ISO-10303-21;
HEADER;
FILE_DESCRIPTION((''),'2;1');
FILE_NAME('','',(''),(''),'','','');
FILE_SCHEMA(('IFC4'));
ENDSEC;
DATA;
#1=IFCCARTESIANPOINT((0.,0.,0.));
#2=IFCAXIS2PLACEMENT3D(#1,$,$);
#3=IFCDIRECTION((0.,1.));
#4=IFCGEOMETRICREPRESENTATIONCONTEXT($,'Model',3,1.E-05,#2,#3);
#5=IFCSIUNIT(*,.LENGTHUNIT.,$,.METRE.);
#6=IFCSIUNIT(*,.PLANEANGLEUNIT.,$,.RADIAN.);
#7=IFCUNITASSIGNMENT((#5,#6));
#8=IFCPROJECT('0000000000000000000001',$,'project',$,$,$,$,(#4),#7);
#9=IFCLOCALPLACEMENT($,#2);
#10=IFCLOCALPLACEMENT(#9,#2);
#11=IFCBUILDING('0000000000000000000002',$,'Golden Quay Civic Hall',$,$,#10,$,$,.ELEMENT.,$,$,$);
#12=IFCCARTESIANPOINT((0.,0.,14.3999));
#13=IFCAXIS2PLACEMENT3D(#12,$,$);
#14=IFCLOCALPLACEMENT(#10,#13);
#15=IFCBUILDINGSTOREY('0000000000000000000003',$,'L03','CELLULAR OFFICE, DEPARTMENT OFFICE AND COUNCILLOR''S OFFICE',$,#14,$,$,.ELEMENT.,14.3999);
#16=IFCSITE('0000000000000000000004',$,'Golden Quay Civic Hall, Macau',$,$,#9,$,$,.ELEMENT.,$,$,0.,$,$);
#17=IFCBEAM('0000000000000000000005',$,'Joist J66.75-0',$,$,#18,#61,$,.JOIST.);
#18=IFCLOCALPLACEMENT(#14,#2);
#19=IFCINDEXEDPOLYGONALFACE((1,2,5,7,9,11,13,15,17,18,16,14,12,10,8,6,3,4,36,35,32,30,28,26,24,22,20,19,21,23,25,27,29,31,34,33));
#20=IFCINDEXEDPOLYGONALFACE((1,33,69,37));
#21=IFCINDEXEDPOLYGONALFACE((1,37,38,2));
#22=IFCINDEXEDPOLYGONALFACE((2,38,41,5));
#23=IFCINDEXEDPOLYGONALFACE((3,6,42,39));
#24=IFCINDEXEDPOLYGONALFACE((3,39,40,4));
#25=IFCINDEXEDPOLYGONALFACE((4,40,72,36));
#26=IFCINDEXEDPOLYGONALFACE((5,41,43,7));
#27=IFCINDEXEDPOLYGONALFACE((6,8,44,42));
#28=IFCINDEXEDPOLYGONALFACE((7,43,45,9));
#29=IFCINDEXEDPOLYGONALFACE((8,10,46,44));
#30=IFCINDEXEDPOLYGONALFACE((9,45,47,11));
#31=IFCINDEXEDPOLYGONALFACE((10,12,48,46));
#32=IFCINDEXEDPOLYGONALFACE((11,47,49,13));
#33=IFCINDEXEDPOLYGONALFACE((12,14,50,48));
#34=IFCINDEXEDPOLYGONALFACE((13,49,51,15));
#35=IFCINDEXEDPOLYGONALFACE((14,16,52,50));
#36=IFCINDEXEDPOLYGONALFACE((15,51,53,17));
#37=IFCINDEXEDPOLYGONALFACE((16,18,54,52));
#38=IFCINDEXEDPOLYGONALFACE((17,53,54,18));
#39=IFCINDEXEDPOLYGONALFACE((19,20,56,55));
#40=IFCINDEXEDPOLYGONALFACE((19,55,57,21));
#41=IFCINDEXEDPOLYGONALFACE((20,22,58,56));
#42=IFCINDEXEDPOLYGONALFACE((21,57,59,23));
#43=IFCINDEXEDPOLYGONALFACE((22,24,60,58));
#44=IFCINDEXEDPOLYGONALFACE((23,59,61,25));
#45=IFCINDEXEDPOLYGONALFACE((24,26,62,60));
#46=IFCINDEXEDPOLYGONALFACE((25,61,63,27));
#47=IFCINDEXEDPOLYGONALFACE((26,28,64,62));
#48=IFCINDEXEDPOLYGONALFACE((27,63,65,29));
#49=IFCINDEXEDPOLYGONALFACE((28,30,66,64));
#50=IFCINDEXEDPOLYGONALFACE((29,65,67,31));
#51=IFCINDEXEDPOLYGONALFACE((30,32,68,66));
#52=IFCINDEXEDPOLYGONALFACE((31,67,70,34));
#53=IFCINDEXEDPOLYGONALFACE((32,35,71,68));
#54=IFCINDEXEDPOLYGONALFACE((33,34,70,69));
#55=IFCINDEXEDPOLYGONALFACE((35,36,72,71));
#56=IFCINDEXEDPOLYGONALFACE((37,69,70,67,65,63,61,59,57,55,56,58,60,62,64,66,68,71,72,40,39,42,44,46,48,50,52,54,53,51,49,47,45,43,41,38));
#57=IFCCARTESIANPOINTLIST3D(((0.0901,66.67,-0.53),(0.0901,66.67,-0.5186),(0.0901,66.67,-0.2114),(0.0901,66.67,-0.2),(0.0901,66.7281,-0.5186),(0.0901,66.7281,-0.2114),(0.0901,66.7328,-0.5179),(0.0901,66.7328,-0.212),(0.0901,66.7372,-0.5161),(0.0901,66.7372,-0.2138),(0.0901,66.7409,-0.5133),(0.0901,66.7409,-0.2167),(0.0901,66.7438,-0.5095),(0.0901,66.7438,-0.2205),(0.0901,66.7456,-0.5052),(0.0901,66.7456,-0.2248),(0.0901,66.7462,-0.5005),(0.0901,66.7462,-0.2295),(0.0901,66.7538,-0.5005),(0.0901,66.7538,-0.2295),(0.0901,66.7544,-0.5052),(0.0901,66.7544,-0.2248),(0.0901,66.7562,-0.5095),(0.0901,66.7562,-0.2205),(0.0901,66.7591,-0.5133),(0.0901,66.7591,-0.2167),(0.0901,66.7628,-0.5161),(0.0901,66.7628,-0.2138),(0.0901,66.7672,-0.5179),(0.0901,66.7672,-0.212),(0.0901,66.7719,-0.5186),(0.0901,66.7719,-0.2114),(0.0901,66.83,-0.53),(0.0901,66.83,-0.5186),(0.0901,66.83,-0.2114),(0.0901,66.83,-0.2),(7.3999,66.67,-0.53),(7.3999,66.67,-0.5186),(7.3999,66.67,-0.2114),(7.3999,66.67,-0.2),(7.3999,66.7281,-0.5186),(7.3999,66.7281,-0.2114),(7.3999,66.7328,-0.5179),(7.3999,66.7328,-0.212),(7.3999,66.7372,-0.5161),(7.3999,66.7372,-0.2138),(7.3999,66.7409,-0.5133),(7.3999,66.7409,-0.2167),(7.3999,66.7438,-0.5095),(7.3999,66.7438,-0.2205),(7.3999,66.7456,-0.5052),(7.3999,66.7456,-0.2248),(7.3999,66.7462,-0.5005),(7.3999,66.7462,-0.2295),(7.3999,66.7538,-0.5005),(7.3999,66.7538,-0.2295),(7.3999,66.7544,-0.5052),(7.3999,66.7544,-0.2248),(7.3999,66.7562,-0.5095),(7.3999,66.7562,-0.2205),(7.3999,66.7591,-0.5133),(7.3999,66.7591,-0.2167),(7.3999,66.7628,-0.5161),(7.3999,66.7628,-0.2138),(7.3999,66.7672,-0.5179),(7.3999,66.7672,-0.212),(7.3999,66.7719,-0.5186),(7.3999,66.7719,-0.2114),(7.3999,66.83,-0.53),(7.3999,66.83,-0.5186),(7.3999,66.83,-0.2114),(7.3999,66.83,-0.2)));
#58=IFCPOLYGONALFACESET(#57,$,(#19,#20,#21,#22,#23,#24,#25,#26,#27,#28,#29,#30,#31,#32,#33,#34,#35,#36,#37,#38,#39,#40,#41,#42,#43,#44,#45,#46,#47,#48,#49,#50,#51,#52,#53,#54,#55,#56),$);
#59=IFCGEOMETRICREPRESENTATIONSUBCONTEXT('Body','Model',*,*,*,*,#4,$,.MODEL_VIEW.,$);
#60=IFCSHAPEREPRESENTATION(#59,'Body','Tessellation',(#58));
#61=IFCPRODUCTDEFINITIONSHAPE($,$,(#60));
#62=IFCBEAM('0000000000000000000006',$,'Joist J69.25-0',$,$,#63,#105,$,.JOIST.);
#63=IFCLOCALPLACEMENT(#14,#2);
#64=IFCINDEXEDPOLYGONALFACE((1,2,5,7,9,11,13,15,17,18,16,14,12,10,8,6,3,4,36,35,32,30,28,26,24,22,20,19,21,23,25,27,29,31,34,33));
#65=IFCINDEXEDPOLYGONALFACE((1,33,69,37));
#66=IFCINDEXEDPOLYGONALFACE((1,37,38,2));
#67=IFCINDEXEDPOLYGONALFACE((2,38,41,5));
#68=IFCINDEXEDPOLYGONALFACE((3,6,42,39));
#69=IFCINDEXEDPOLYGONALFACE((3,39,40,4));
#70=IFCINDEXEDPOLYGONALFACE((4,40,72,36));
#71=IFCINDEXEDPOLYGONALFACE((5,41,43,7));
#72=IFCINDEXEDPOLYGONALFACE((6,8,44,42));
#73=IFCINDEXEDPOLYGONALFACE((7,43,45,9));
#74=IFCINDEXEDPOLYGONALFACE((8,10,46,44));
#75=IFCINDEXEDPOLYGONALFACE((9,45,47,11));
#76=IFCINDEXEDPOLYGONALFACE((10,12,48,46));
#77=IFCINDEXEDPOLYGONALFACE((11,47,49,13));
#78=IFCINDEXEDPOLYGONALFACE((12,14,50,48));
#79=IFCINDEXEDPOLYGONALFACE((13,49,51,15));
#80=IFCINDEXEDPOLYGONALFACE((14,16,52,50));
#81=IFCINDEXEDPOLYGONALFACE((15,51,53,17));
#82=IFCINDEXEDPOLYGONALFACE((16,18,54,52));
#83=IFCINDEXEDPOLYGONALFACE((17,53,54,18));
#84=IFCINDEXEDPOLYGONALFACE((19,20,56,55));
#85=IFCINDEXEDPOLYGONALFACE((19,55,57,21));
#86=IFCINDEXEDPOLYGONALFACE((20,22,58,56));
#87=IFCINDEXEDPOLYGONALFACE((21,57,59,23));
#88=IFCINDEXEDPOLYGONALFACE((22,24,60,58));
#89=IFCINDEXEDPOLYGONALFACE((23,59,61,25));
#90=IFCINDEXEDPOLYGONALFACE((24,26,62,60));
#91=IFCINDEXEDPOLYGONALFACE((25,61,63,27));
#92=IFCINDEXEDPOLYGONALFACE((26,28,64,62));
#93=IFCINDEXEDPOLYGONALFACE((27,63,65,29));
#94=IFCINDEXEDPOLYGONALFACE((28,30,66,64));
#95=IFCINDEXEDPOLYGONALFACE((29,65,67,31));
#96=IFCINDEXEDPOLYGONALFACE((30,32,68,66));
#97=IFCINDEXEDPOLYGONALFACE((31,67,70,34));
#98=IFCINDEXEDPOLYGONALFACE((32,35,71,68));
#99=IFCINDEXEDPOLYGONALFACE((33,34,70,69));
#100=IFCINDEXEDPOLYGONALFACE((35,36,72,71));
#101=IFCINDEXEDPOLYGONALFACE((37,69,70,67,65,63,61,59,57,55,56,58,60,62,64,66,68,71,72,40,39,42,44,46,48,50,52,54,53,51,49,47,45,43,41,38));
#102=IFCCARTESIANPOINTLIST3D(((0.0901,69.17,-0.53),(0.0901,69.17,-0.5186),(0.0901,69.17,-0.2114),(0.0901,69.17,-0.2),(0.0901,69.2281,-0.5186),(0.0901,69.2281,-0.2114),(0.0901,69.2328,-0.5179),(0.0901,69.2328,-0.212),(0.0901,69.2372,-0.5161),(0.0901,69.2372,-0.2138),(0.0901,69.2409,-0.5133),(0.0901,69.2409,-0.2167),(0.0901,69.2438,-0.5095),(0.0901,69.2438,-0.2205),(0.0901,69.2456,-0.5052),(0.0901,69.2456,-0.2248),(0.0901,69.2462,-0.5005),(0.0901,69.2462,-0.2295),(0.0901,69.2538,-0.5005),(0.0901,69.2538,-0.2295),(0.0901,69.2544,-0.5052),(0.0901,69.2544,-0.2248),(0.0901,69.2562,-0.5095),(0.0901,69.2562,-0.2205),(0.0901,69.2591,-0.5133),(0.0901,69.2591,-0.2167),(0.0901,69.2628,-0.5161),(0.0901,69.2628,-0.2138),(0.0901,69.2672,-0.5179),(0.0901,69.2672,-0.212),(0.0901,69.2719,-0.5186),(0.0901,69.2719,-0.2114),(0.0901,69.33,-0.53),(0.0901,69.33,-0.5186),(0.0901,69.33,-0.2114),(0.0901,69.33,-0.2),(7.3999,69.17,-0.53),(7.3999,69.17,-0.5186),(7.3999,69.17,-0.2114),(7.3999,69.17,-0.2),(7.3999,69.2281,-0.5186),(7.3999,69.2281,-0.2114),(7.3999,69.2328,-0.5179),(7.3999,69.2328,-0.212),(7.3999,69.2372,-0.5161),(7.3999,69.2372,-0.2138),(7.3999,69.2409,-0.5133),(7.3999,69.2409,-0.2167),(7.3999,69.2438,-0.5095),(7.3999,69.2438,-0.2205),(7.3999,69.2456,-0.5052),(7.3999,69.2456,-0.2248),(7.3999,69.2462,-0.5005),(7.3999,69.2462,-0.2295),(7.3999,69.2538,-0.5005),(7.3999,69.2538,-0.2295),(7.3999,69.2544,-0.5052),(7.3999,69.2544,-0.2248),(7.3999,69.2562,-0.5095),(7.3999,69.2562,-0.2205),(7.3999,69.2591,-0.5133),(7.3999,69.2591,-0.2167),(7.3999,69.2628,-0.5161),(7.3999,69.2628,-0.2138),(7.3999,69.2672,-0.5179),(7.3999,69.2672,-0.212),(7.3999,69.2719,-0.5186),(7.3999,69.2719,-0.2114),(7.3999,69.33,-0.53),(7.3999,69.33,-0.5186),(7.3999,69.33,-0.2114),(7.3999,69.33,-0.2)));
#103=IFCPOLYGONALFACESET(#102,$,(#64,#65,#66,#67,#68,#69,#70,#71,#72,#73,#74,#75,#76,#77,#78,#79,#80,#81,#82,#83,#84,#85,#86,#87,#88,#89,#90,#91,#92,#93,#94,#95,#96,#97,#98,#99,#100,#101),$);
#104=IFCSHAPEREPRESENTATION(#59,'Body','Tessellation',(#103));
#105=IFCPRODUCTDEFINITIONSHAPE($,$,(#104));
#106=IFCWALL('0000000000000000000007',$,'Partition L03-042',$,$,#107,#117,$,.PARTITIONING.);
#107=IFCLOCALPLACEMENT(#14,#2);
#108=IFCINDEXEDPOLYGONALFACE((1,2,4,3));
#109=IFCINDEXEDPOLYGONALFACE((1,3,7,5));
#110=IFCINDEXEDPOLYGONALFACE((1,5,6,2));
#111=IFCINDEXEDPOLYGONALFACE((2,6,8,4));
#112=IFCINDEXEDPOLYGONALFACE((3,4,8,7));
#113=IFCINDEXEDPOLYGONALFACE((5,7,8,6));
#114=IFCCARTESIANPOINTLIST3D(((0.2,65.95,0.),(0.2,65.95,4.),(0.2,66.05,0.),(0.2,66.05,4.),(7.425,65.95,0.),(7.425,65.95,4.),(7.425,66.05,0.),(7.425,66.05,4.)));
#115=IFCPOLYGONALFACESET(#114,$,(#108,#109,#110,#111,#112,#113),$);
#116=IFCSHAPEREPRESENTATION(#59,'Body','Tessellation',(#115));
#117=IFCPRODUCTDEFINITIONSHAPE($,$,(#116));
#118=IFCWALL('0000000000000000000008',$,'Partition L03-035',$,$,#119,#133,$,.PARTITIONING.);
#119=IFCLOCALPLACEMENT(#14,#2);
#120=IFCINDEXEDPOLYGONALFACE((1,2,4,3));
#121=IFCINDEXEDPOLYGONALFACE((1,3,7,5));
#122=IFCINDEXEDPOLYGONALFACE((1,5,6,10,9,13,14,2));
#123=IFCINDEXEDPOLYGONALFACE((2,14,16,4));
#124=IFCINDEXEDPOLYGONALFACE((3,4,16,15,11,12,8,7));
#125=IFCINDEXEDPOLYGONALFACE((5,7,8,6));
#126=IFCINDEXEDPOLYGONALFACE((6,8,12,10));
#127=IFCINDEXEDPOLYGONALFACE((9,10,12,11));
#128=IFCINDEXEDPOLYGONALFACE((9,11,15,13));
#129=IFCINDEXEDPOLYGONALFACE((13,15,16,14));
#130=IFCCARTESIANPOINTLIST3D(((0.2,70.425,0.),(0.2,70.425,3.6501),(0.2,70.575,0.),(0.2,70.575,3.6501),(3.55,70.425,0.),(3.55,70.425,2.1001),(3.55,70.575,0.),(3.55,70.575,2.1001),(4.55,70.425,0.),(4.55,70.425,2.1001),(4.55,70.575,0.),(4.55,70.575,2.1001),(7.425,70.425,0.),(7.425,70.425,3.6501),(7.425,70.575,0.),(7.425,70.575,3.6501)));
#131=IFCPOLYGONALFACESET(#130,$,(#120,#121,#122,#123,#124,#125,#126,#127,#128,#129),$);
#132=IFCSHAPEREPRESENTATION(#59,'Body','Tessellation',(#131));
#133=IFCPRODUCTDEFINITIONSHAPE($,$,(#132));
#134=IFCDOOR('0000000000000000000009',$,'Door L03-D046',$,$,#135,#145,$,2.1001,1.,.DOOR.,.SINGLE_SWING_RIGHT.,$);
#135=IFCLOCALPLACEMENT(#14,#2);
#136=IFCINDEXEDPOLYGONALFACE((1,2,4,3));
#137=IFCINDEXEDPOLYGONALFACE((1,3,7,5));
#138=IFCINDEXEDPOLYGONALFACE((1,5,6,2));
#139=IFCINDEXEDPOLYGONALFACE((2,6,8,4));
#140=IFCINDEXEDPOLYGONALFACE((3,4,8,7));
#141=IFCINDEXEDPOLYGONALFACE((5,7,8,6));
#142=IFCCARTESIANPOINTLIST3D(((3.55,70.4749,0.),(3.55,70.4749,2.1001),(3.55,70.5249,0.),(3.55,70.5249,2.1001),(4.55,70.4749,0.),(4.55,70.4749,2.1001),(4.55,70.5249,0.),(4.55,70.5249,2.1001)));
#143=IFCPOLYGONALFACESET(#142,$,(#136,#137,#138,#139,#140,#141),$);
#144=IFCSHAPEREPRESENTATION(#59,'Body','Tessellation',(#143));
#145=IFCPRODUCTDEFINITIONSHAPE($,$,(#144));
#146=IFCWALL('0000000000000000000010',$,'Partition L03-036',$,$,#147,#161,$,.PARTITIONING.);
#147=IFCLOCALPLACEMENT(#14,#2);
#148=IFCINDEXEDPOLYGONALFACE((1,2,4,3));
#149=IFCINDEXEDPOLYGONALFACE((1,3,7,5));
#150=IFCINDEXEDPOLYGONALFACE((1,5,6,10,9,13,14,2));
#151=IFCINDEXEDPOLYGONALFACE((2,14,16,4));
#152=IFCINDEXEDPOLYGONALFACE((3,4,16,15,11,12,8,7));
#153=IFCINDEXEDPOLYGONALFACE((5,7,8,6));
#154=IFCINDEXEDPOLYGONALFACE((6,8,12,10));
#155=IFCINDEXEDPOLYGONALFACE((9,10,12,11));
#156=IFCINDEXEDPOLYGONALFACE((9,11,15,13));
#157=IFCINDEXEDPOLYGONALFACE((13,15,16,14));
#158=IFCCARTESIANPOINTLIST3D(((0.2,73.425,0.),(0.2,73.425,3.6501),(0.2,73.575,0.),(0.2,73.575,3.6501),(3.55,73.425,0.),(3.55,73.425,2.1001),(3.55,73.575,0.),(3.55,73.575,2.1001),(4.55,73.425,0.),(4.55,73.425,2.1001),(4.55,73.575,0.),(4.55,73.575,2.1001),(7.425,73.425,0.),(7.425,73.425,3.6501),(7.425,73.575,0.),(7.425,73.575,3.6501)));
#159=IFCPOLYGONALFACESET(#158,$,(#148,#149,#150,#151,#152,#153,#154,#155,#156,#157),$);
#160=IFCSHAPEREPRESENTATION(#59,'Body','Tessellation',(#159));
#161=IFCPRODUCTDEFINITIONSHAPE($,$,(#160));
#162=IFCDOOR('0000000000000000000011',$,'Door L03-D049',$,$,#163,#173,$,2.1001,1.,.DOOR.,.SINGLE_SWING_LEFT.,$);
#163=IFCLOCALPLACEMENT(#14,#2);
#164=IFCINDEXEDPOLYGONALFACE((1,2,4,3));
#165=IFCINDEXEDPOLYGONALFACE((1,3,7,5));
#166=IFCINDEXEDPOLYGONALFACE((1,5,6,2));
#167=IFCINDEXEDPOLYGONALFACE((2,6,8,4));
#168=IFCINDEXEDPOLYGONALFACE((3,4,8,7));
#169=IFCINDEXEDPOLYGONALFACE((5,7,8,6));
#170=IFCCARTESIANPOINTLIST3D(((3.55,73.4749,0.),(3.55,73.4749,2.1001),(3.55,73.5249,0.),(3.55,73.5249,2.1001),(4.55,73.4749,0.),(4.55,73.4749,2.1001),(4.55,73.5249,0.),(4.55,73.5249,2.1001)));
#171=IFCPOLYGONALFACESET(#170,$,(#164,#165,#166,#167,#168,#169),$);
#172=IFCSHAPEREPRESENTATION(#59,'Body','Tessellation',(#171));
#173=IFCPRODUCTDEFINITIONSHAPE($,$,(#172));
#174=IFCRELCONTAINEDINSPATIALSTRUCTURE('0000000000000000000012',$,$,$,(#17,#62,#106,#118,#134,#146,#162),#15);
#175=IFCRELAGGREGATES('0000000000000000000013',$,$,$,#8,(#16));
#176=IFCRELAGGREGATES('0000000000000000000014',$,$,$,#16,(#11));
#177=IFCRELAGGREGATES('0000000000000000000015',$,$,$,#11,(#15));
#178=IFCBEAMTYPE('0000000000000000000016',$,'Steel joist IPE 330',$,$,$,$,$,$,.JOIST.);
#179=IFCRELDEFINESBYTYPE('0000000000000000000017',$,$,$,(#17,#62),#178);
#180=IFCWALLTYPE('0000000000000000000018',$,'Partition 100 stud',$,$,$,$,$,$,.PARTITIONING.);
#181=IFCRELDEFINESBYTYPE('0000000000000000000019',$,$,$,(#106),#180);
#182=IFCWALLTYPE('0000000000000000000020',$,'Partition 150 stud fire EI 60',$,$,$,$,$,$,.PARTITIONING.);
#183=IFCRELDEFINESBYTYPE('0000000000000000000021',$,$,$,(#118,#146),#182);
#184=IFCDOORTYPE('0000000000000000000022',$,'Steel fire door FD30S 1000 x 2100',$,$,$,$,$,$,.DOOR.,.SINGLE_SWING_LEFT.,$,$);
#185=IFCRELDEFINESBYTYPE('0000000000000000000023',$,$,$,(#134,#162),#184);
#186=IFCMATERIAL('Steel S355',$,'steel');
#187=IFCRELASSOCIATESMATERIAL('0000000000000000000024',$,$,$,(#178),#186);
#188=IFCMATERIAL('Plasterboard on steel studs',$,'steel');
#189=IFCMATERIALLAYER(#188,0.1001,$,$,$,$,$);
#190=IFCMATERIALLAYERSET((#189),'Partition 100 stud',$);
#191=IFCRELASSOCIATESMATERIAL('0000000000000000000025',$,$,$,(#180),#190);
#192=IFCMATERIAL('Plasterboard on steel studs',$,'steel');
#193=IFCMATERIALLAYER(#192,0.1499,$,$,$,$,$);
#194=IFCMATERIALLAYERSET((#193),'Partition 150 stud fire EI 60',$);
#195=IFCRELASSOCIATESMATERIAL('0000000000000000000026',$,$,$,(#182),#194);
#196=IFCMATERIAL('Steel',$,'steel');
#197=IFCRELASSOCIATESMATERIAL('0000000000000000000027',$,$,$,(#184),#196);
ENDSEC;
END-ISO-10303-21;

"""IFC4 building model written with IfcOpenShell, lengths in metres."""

from ifc_helpers import new_model, si_unit, direction, frame, frame_2d, origin, origin_2d, place, context, subcontext, project, spatial, rectangle, i_section, extrude, material, layer, layer_set, material_profile, profile_set, type_object, element, fill, save


model = new_model("IFC4")

# Units and contexts
model_context = context("Model", 3, precision=1e-05, world=origin(), true_north=direction((0.0, 1.0)))
body_context = subcontext(model_context, "Body", "Model", "MODEL_VIEW")
ifc_project = project(units=[si_unit("LENGTHUNIT", "METRE"), si_unit("PLANEANGLEUNIT", "RADIAN")], contexts=[model_context])

# Site, building, storey
site_placement = place(None, origin())
site = spatial("IfcSite", under=ifc_project, at=site_placement, Name="Golden Quay Civic Hall, Macau", CompositionType="ELEMENT", RefElevation=0.0)
building_placement = place(site_placement, origin())
building = spatial("IfcBuilding", under=site, at=building_placement, Name="Golden Quay Civic Hall", CompositionType="ELEMENT")
storey_placement = place(building_placement, frame((0.0, 0.0, 14.3999)))
storey = spatial("IfcBuildingStorey", under=building, at=storey_placement, Name="L03", Description="CELLULAR OFFICE, DEPARTMENT OFFICE AND COUNCILLOR'S OFFICE", CompositionType="ELEMENT", Elevation=14.3999)

# Beams
ifc_material_1 = material(Name="Steel S355", Category="steel")
ifc_material_profile_1 = material_profile(ifc_material_1, i_section(OverallWidth=0.1599, OverallDepth=0.3301, WebThickness=0.0076, FlangeThickness=0.0115, FilletRadius=0.0181, at=origin_2d()), Name="IPE 330")
ifc_profile_set_1 = profile_set([ifc_material_profile_1], Name="Steel S355")
beam_type_1 = type_object("IfcBeamType", Name="Steel joist IPE 330", PredefinedType="JOIST", material=ifc_profile_set_1)
for number, where, z_axis, x_axis, name in (
    (1, (0.0901, 66.75, -0.365), (1.0, 0.0, 0.0), (0.0, 1.0, 0.0), "Joist J66.75-0"),
    (2, (0.0901, 69.25, -0.365), (1.0, 0.0, 0.0), (0.0, 1.0, 0.0), "Joist J69.25-0"),
):
    element("IfcBeam", number, at=place(storey_placement, frame(where, z_axis=z_axis, x_axis=x_axis)), inside=storey, type_object=beam_type_1, Name=name, PredefinedType="JOIST", context=body_context, shape_type="SweptSolid", body=[
        extrude(i_section(OverallWidth=0.1599, OverallDepth=0.3301, WebThickness=0.0076, FlangeThickness=0.0115, FilletRadius=0.0181, at=origin_2d()), origin(), (0.0, 0.0, 1.0), 7.3098),
    ])

# Wall
ifc_material_2 = material(Name="Plasterboard on steel studs", Category="steel")
ifc_layer_1 = layer(ifc_material_2, 0.1001)
ifc_layer_set_1 = layer_set([ifc_layer_1], Name="Partition 100 stud")
wall_type_1 = type_object("IfcWallType", Name="Partition 100 stud", PredefinedType="PARTITIONING", material=ifc_layer_set_1)
wall_1_placement = place(storey_placement, frame((0.2, 66.0, 0.0), z_axis=(0.0, 0.0, 1.0), x_axis=(1.0, 0.0, 0.0)))
element("IfcWall", 3, at=wall_1_placement, inside=storey, type_object=wall_type_1, Name="Partition L03-042", PredefinedType="PARTITIONING", context=body_context, shape_type="SweptSolid", body=[
    extrude(rectangle(XDim=7.2251, YDim=0.1001, at=frame_2d((3.6125, 0.0))), origin(), (0.0, 0.0, 1.0), 4.0),
])

# Walls, openings, doors
ifc_material_3 = material(Name="Plasterboard on steel studs", Category="steel")
ifc_layer_2 = layer(ifc_material_3, 0.1499)
ifc_layer_set_2 = layer_set([ifc_layer_2], Name="Partition 150 stud fire EI 60")
wall_type_2 = type_object("IfcWallType", Name="Partition 150 stud fire EI 60", PredefinedType="PARTITIONING", material=ifc_layer_set_2)
wall_2_placement = place(storey_placement, frame((0.2, 70.5, 0.0), z_axis=(0.0, 0.0, 1.0), x_axis=(1.0, 0.0, 0.0)))
wall_2 = element("IfcWall", 4, at=wall_2_placement, inside=storey, type_object=wall_type_2, Name="Partition L03-035", PredefinedType="PARTITIONING", context=body_context, shape_type="SweptSolid", body=[
    extrude(rectangle(XDim=7.2251, YDim=0.1499, at=frame_2d((3.6125, 0.0))), origin(), (0.0, 0.0, 1.0), 3.6501),
])
opening_1_placement = place(wall_2_placement, frame((3.3501, 0.0, 0.0)))
opening_1 = element("IfcOpeningElement", 5, at=opening_1_placement, cuts=wall_2, PredefinedType="OPENING", context=body_context, shape_type="SweptSolid", body=[
    extrude(rectangle(XDim=1.0, YDim=2.1001, at=frame_2d((0.5, 1.05))), frame((0.0, 0.085, 0.0), z_axis=(0.0, -1.0, 0.0), x_axis=(1.0, 0.0, 0.0)), (0.0, 0.0, 1.0), 0.1699),
])
ifc_material_4 = material(Name="Steel", Category="steel")
door_type = type_object("IfcDoorType", Name="Steel fire door FD30S 1000 x 2100", OperationType="SINGLE_SWING_LEFT", PredefinedType="DOOR", material=ifc_material_4)
door_1_placement = place(opening_1_placement, frame((1.0, 0.0, 0.0), z_axis=(0.0, 0.0, 1.0), x_axis=(-1.0, 0.0, 0.0)))
door_1 = element("IfcDoor", 6, at=door_1_placement, inside=storey, type_object=door_type, Name="Door L03-D046", OperationType="SINGLE_SWING_RIGHT", OverallHeight=2.1001, OverallWidth=1.0, PredefinedType="DOOR", context=body_context, shape_type="SweptSolid", body=[
    extrude(rectangle(XDim=1.0, YDim=2.1001, at=frame_2d((0.5, 1.05))), frame((0.0, 0.0251, 0.0), z_axis=(0.0, -1.0, 0.0), x_axis=(1.0, 0.0, 0.0)), (0.0, 0.0, 1.0), 0.05),
])
fill(opening_1, door_1)
wall_3_placement = place(storey_placement, frame((0.2, 73.5, 0.0), z_axis=(0.0, 0.0, 1.0), x_axis=(1.0, 0.0, 0.0)))
wall_3 = element("IfcWall", 7, at=wall_3_placement, inside=storey, type_object=wall_type_2, Name="Partition L03-036", PredefinedType="PARTITIONING", context=body_context, shape_type="SweptSolid", body=[
    extrude(rectangle(XDim=7.2251, YDim=0.1499, at=frame_2d((3.6125, 0.0))), origin(), (0.0, 0.0, 1.0), 3.6501),
])
opening_2_placement = place(wall_3_placement, frame((3.3501, 0.0, 0.0)))
opening_2 = element("IfcOpeningElement", 8, at=opening_2_placement, cuts=wall_3, PredefinedType="OPENING", context=body_context, shape_type="SweptSolid", body=[
    extrude(rectangle(XDim=1.0, YDim=2.1001, at=frame_2d((0.5, 1.05))), frame((0.0, 0.085, 0.0), z_axis=(0.0, -1.0, 0.0), x_axis=(1.0, 0.0, 0.0)), (0.0, 0.0, 1.0), 0.1699),
])
door_2_placement = place(opening_2_placement, origin())
door_2 = element("IfcDoor", 9, at=door_2_placement, inside=storey, type_object=door_type, Name="Door L03-D049", OperationType="SINGLE_SWING_LEFT", OverallHeight=2.1001, OverallWidth=1.0, PredefinedType="DOOR", context=body_context, shape_type="SweptSolid", body=[
    extrude(rectangle(XDim=1.0, YDim=2.1001, at=frame_2d((0.5, 1.05))), frame((0.0, 0.0249, 0.0), z_axis=(0.0, -1.0, 0.0), x_axis=(1.0, 0.0, 0.0)), (0.0, 0.0, 1.0), 0.05),
])
fill(opening_2, door_2)

save(model, "model.ifc")
